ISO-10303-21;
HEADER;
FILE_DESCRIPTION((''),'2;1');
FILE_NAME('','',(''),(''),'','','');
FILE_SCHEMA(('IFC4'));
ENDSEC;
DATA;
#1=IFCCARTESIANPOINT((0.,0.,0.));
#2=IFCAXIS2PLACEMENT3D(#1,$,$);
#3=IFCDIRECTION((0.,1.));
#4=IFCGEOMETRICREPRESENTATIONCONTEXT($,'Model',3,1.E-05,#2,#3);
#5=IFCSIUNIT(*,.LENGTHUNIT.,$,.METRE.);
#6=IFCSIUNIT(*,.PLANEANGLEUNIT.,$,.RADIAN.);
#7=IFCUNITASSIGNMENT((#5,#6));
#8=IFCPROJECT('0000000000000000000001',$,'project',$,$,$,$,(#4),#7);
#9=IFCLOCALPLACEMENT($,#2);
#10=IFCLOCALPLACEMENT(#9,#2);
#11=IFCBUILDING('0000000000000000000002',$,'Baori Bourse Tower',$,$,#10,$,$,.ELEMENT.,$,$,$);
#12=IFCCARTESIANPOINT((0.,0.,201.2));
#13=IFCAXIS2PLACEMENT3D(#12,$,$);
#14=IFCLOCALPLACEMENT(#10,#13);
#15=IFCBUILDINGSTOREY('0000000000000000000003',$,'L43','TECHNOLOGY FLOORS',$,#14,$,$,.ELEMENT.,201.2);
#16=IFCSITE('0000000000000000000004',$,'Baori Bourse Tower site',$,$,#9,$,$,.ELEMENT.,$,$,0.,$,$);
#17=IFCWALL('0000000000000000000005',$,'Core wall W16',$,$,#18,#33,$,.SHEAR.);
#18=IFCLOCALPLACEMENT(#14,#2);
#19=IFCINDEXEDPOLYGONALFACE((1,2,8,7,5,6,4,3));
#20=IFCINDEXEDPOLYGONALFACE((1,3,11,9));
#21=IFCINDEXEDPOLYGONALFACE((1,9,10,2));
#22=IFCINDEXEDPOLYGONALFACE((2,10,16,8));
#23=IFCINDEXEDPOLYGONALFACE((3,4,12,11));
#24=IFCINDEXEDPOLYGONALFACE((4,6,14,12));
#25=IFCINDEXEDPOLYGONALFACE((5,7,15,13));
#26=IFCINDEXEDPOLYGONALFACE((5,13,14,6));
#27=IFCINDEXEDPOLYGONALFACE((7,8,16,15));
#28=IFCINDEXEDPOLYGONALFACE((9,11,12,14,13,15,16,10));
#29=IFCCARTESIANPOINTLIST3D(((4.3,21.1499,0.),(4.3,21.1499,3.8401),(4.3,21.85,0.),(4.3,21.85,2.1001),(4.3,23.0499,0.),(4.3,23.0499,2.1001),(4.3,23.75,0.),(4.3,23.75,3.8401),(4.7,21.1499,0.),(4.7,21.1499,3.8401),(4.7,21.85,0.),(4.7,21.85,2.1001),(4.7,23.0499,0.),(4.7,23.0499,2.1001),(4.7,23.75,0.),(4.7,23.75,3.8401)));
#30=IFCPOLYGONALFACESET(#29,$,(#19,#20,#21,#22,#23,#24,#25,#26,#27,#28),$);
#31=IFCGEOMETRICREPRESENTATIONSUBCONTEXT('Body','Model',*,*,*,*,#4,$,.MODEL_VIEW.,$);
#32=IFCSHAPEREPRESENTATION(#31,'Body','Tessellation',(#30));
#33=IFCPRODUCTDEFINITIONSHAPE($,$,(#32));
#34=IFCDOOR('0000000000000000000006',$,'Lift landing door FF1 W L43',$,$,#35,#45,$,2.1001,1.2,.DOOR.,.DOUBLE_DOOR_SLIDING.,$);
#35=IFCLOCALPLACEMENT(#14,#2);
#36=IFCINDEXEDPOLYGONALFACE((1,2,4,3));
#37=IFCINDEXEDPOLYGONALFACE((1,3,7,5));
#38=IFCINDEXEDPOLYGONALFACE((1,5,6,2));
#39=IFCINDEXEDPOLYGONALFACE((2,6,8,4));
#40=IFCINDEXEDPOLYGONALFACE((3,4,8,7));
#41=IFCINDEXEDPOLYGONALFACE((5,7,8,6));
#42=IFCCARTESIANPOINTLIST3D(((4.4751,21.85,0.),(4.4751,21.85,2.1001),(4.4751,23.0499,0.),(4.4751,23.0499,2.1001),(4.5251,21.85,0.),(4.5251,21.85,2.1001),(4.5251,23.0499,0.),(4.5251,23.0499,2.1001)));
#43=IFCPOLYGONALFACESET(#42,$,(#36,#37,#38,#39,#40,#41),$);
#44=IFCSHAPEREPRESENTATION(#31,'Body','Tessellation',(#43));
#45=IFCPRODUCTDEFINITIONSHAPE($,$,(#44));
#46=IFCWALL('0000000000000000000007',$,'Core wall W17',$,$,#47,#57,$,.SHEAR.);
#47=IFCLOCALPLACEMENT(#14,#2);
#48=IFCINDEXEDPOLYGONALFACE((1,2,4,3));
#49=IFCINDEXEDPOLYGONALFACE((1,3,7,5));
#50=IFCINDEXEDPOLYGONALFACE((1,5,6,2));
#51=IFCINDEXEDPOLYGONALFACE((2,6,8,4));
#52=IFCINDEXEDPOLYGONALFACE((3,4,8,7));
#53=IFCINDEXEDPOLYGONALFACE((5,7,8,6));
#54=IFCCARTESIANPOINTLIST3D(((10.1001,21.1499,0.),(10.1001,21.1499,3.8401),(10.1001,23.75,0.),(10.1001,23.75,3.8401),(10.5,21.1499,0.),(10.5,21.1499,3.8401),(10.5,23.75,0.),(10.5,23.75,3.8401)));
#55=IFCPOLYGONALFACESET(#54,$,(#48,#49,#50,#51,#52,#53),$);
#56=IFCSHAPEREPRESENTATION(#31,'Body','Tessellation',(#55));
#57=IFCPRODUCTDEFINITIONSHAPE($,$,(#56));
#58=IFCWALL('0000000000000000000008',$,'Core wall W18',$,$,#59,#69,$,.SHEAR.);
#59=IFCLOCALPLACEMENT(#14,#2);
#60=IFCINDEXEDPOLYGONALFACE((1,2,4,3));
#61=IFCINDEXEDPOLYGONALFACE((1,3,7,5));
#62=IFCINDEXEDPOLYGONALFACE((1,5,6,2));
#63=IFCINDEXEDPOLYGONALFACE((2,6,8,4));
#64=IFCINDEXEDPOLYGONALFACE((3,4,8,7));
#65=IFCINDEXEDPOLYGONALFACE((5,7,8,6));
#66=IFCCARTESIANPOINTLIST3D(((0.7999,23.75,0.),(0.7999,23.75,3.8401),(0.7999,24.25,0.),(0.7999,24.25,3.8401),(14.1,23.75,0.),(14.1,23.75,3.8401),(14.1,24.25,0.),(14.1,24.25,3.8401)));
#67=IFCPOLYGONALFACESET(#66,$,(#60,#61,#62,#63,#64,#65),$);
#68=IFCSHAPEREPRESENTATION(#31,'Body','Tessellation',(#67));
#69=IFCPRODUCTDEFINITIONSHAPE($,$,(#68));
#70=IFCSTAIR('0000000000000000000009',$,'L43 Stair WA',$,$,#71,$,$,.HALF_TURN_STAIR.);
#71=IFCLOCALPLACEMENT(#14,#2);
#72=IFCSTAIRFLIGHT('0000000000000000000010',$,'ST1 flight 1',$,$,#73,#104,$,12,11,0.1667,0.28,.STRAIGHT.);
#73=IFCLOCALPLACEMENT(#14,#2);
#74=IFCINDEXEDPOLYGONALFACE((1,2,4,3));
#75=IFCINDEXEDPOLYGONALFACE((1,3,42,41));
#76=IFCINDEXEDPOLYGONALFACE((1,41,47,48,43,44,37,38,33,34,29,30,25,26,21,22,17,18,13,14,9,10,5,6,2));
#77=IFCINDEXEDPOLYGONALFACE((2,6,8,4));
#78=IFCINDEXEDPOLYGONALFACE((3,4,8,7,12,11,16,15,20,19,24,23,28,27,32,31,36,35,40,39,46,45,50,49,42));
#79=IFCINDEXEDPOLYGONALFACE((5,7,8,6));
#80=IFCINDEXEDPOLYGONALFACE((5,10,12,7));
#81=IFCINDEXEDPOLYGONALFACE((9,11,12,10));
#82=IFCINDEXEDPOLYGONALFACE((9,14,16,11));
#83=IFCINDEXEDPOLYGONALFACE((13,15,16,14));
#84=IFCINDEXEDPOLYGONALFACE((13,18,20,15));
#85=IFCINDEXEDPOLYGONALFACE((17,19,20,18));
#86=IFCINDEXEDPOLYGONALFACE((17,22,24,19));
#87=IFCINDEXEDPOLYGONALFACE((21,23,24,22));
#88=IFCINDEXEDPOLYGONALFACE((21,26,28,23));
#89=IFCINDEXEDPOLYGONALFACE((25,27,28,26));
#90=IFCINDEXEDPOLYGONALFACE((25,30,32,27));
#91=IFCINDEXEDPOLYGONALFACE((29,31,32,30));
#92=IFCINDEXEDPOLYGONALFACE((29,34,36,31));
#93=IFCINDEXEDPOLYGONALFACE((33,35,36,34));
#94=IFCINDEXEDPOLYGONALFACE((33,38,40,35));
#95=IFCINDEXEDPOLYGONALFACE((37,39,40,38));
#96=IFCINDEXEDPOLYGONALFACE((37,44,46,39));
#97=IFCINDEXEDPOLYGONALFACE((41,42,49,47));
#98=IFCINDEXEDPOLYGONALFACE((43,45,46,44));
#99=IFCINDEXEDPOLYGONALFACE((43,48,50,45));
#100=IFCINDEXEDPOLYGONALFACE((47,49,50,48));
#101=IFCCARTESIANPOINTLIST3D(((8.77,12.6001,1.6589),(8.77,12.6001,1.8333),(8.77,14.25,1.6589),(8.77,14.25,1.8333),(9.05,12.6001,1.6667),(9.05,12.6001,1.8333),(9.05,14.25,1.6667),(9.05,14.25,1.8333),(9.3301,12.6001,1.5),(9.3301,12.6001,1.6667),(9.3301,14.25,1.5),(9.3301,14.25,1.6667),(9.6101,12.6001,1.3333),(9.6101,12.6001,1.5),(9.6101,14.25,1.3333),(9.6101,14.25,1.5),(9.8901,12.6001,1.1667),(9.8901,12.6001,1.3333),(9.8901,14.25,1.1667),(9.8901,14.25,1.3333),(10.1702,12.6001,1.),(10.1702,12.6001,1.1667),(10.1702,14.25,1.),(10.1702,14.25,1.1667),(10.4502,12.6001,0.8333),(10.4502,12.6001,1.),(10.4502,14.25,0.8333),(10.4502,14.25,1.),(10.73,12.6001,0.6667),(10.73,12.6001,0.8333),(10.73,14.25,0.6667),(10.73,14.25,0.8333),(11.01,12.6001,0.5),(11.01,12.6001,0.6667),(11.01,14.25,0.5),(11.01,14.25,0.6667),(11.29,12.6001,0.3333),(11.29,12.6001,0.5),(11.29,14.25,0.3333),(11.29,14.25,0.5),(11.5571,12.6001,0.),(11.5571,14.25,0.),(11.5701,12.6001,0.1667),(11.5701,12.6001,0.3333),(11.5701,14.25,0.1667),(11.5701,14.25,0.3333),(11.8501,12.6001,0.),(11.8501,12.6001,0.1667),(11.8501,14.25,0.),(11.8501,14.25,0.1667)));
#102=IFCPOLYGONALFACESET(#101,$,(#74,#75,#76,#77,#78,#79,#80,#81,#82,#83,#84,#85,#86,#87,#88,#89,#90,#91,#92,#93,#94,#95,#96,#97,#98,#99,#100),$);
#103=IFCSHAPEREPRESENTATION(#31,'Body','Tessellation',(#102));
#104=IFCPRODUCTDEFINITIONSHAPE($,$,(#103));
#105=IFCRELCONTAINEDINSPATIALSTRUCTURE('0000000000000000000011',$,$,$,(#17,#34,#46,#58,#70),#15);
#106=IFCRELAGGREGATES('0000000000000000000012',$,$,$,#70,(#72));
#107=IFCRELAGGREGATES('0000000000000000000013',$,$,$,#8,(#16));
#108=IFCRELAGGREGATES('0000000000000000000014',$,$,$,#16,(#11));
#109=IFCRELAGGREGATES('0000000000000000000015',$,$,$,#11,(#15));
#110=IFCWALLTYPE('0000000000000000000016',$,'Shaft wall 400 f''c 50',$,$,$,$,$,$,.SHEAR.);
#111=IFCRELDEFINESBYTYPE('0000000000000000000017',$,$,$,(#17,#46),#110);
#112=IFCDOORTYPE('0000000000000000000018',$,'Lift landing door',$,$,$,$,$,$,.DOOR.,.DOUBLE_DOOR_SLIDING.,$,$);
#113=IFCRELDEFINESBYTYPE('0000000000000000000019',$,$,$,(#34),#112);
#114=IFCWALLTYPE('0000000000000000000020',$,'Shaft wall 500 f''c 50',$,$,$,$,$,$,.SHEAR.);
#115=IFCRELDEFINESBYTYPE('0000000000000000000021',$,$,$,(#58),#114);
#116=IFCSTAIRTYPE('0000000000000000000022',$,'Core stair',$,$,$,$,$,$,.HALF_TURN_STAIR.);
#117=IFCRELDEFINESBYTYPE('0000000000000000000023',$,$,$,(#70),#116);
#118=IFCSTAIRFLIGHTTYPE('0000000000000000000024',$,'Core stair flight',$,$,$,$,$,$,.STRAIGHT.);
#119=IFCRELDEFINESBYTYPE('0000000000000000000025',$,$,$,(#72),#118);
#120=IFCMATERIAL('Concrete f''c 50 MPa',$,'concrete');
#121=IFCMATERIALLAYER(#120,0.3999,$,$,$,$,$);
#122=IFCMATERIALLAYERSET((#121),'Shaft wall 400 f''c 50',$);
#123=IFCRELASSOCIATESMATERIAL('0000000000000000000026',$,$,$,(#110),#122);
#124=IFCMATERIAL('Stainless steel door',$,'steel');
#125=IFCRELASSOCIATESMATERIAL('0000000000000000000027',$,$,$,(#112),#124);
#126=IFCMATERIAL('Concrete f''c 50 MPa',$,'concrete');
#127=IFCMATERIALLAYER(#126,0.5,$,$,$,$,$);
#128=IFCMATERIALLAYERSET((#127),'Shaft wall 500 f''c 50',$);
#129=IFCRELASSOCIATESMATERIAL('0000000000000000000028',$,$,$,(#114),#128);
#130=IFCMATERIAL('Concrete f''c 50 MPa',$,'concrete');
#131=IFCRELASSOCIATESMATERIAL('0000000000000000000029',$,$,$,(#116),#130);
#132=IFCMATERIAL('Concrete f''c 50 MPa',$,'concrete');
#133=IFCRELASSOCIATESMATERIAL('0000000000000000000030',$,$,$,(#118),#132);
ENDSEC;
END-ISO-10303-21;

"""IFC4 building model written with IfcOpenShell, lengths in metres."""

from ifc_helpers import new_model, si_unit, direction, frame, frame_2d, origin, place, context, subcontext, project, spatial, polyline, rectangle, outline, extrude, material, layer, layer_set, type_object, element, fill, aggregate, save


model = new_model("IFC4")

# Units and contexts
model_context = context("Model", 3, precision=1e-05, world=origin(), true_north=direction((0.0, 1.0)))
body_context = subcontext(model_context, "Body", "Model", "MODEL_VIEW")
ifc_project = project(units=[si_unit("LENGTHUNIT", "METRE"), si_unit("PLANEANGLEUNIT", "RADIAN")], contexts=[model_context])

# Site, building, storey
site_placement = place(None, origin())
site = spatial("IfcSite", under=ifc_project, at=site_placement, Name="Baori Bourse Tower site", CompositionType="ELEMENT", RefElevation=0.0)
building_placement = place(site_placement, origin())
building = spatial("IfcBuilding", under=site, at=building_placement, Name="Baori Bourse Tower", CompositionType="ELEMENT")
storey_placement = place(building_placement, frame((0.0, 0.0, 201.2)))
storey = spatial("IfcBuildingStorey", under=building, at=storey_placement, Name="L43", Description="TECHNOLOGY FLOORS", CompositionType="ELEMENT", Elevation=201.2)

# Shared definitions
ifc_material_1 = material(Name="Concrete f'c 50 MPa", Category="concrete")
ifc_layer_1 = layer(ifc_material_1, 0.3999)
ifc_layer_set_1 = layer_set([ifc_layer_1], Name="Shaft wall 400 f'c 50")
wall_type_1 = type_object("IfcWallType", Name="Shaft wall 400 f'c 50", PredefinedType="SHEAR", material=ifc_layer_set_1)

# Wall, opening, door
wall_1_placement = place(storey_placement, frame((4.5, 21.1499, 0.0), z_axis=(0.0, 0.0, 1.0), x_axis=(0.0, 1.0, 0.0)))
wall_1 = element("IfcWall", 1, at=wall_1_placement, inside=storey, type_object=wall_type_1, Name="Core wall W16", PredefinedType="SHEAR", context=body_context, shape_type="SweptSolid", body=[
    extrude(rectangle(XDim=2.6001, YDim=0.3999, at=frame_2d((1.3, 0.0))), origin(), (0.0, 0.0, 1.0), 3.8401),
])
opening_1_placement = place(wall_1_placement, frame((0.7, 0.0, 0.0)))
opening_1 = element("IfcOpeningElement", 2, at=opening_1_placement, cuts=wall_1, PredefinedType="OPENING", context=body_context, shape_type="SweptSolid", body=[
    extrude(rectangle(XDim=1.2, YDim=2.1001, at=frame_2d((0.6001, 1.05))), frame((0.0, 0.21, 0.0), z_axis=(0.0, -1.0, 0.0), x_axis=(1.0, 0.0, 0.0)), (0.0, 0.0, 1.0), 0.4199),
])
ifc_material_2 = material(Name="Stainless steel door", Category="steel")
door_type_1 = type_object("IfcDoorType", Name="Lift landing door", OperationType="DOUBLE_DOOR_SLIDING", PredefinedType="DOOR", material=ifc_material_2)
door_1_placement = place(opening_1_placement, origin())
door_1 = element("IfcDoor", 3, at=door_1_placement, inside=storey, type_object=door_type_1, Name="Lift landing door FF1 W L43", OperationType="DOUBLE_DOOR_SLIDING", OverallHeight=2.1001, OverallWidth=1.2, PredefinedType="DOOR", context=body_context, shape_type="SweptSolid", body=[
    extrude(rectangle(XDim=1.2, YDim=2.1001, at=frame_2d((0.6001, 1.05))), frame((0.0, 0.0249, 0.0), z_axis=(0.0, -1.0, 0.0), x_axis=(1.0, 0.0, 0.0)), (0.0, 0.0, 1.0), 0.05),
])
fill(opening_1, door_1)

# Walls
wall_2_placement = place(storey_placement, frame((10.3, 21.1499, 0.0), z_axis=(0.0, 0.0, 1.0), x_axis=(0.0, 1.0, 0.0)))
element("IfcWall", 4, at=wall_2_placement, inside=storey, type_object=wall_type_1, Name="Core wall W17", PredefinedType="SHEAR", context=body_context, shape_type="SweptSolid", body=[
    extrude(rectangle(XDim=2.6001, YDim=0.3999, at=frame_2d((1.3, 0.0))), origin(), (0.0, 0.0, 1.0), 3.8401),
])
ifc_material_3 = material(Name="Concrete f'c 50 MPa", Category="concrete")
ifc_layer_2 = layer(ifc_material_3, 0.5)
ifc_layer_set_2 = layer_set([ifc_layer_2], Name="Shaft wall 500 f'c 50")
wall_type_2 = type_object("IfcWallType", Name="Shaft wall 500 f'c 50", PredefinedType="SHEAR", material=ifc_layer_set_2)
wall_3_placement = place(storey_placement, frame((0.8, 24.0, 0.0), z_axis=(0.0, 0.0, 1.0), x_axis=(1.0, 0.0, 0.0)))
element("IfcWall", 5, at=wall_3_placement, inside=storey, type_object=wall_type_2, Name="Core wall W18", PredefinedType="SHEAR", context=body_context, shape_type="SweptSolid", body=[
    extrude(rectangle(XDim=13.3, YDim=0.5, at=frame_2d((6.6499, 0.0))), origin(), (0.0, 0.0, 1.0), 3.8401),
])

# Stair, stair flight
ifc_material_4 = material(Name="Concrete f'c 50 MPa", Category="concrete")
stair_type = type_object("IfcStairType", Name="Core stair", PredefinedType="HALF_TURN_STAIR", material=ifc_material_4)
stair_placement = place(storey_placement, origin())
stair = element("IfcStair", 6, at=stair_placement, inside=storey, type_object=stair_type, Name="L43 Stair WA", PredefinedType="HALF_TURN_STAIR")
ifc_material_5 = material(Name="Concrete f'c 50 MPa", Category="concrete")
stair_flight_type = type_object("IfcStairFlightType", Name="Core stair flight", PredefinedType="STRAIGHT", material=ifc_material_5)
stair_flight_placement = place(storey_placement, frame((11.8501, 13.425, 0.0), z_axis=(0.0, 0.0, 1.0), x_axis=(-1.0, 0.0, 0.0)))
stair_flight = element("IfcStairFlight", 7, at=stair_flight_placement, type_object=stair_flight_type, Name="ST1 flight 1", NumberOfRisers=12, NumberOfTreads=11, PredefinedType="STRAIGHT", RiserHeight=0.1667, TreadLength=0.28, context=body_context, shape_type="SweptSolid", body=[
    extrude(outline(polyline([(0.0, 0.0), (0.0, 0.1667), (0.28, 0.1667), (0.28, 0.3333), (0.5601, 0.3333), (0.5601, 0.5), (0.8401, 0.5), (0.8401, 0.6667), (1.1201, 0.6667), (1.1201, 0.8333), (1.3999, 0.8333), (1.3999, 1.0), (1.6799, 1.0), (1.6799, 1.1667), (1.96, 1.1667), (1.96, 1.3333), (2.24, 1.3333), (2.24, 1.5), (2.52, 1.5), (2.52, 1.6667), (2.8, 1.6667), (2.8, 1.8333), (3.0801, 1.8333), (3.0801, 2.0), (3.0801, 1.6589), (0.293, 0.0), (0.0, 0.0)])), frame((0.0, 0.825, 0.0), z_axis=(0.0, -1.0, 0.0), x_axis=(1.0, 0.0, 0.0)), (0.0, 0.0, 1.0), 1.6499),
])
aggregate(stair, [stair_flight])

save(model, "model.ifc")
